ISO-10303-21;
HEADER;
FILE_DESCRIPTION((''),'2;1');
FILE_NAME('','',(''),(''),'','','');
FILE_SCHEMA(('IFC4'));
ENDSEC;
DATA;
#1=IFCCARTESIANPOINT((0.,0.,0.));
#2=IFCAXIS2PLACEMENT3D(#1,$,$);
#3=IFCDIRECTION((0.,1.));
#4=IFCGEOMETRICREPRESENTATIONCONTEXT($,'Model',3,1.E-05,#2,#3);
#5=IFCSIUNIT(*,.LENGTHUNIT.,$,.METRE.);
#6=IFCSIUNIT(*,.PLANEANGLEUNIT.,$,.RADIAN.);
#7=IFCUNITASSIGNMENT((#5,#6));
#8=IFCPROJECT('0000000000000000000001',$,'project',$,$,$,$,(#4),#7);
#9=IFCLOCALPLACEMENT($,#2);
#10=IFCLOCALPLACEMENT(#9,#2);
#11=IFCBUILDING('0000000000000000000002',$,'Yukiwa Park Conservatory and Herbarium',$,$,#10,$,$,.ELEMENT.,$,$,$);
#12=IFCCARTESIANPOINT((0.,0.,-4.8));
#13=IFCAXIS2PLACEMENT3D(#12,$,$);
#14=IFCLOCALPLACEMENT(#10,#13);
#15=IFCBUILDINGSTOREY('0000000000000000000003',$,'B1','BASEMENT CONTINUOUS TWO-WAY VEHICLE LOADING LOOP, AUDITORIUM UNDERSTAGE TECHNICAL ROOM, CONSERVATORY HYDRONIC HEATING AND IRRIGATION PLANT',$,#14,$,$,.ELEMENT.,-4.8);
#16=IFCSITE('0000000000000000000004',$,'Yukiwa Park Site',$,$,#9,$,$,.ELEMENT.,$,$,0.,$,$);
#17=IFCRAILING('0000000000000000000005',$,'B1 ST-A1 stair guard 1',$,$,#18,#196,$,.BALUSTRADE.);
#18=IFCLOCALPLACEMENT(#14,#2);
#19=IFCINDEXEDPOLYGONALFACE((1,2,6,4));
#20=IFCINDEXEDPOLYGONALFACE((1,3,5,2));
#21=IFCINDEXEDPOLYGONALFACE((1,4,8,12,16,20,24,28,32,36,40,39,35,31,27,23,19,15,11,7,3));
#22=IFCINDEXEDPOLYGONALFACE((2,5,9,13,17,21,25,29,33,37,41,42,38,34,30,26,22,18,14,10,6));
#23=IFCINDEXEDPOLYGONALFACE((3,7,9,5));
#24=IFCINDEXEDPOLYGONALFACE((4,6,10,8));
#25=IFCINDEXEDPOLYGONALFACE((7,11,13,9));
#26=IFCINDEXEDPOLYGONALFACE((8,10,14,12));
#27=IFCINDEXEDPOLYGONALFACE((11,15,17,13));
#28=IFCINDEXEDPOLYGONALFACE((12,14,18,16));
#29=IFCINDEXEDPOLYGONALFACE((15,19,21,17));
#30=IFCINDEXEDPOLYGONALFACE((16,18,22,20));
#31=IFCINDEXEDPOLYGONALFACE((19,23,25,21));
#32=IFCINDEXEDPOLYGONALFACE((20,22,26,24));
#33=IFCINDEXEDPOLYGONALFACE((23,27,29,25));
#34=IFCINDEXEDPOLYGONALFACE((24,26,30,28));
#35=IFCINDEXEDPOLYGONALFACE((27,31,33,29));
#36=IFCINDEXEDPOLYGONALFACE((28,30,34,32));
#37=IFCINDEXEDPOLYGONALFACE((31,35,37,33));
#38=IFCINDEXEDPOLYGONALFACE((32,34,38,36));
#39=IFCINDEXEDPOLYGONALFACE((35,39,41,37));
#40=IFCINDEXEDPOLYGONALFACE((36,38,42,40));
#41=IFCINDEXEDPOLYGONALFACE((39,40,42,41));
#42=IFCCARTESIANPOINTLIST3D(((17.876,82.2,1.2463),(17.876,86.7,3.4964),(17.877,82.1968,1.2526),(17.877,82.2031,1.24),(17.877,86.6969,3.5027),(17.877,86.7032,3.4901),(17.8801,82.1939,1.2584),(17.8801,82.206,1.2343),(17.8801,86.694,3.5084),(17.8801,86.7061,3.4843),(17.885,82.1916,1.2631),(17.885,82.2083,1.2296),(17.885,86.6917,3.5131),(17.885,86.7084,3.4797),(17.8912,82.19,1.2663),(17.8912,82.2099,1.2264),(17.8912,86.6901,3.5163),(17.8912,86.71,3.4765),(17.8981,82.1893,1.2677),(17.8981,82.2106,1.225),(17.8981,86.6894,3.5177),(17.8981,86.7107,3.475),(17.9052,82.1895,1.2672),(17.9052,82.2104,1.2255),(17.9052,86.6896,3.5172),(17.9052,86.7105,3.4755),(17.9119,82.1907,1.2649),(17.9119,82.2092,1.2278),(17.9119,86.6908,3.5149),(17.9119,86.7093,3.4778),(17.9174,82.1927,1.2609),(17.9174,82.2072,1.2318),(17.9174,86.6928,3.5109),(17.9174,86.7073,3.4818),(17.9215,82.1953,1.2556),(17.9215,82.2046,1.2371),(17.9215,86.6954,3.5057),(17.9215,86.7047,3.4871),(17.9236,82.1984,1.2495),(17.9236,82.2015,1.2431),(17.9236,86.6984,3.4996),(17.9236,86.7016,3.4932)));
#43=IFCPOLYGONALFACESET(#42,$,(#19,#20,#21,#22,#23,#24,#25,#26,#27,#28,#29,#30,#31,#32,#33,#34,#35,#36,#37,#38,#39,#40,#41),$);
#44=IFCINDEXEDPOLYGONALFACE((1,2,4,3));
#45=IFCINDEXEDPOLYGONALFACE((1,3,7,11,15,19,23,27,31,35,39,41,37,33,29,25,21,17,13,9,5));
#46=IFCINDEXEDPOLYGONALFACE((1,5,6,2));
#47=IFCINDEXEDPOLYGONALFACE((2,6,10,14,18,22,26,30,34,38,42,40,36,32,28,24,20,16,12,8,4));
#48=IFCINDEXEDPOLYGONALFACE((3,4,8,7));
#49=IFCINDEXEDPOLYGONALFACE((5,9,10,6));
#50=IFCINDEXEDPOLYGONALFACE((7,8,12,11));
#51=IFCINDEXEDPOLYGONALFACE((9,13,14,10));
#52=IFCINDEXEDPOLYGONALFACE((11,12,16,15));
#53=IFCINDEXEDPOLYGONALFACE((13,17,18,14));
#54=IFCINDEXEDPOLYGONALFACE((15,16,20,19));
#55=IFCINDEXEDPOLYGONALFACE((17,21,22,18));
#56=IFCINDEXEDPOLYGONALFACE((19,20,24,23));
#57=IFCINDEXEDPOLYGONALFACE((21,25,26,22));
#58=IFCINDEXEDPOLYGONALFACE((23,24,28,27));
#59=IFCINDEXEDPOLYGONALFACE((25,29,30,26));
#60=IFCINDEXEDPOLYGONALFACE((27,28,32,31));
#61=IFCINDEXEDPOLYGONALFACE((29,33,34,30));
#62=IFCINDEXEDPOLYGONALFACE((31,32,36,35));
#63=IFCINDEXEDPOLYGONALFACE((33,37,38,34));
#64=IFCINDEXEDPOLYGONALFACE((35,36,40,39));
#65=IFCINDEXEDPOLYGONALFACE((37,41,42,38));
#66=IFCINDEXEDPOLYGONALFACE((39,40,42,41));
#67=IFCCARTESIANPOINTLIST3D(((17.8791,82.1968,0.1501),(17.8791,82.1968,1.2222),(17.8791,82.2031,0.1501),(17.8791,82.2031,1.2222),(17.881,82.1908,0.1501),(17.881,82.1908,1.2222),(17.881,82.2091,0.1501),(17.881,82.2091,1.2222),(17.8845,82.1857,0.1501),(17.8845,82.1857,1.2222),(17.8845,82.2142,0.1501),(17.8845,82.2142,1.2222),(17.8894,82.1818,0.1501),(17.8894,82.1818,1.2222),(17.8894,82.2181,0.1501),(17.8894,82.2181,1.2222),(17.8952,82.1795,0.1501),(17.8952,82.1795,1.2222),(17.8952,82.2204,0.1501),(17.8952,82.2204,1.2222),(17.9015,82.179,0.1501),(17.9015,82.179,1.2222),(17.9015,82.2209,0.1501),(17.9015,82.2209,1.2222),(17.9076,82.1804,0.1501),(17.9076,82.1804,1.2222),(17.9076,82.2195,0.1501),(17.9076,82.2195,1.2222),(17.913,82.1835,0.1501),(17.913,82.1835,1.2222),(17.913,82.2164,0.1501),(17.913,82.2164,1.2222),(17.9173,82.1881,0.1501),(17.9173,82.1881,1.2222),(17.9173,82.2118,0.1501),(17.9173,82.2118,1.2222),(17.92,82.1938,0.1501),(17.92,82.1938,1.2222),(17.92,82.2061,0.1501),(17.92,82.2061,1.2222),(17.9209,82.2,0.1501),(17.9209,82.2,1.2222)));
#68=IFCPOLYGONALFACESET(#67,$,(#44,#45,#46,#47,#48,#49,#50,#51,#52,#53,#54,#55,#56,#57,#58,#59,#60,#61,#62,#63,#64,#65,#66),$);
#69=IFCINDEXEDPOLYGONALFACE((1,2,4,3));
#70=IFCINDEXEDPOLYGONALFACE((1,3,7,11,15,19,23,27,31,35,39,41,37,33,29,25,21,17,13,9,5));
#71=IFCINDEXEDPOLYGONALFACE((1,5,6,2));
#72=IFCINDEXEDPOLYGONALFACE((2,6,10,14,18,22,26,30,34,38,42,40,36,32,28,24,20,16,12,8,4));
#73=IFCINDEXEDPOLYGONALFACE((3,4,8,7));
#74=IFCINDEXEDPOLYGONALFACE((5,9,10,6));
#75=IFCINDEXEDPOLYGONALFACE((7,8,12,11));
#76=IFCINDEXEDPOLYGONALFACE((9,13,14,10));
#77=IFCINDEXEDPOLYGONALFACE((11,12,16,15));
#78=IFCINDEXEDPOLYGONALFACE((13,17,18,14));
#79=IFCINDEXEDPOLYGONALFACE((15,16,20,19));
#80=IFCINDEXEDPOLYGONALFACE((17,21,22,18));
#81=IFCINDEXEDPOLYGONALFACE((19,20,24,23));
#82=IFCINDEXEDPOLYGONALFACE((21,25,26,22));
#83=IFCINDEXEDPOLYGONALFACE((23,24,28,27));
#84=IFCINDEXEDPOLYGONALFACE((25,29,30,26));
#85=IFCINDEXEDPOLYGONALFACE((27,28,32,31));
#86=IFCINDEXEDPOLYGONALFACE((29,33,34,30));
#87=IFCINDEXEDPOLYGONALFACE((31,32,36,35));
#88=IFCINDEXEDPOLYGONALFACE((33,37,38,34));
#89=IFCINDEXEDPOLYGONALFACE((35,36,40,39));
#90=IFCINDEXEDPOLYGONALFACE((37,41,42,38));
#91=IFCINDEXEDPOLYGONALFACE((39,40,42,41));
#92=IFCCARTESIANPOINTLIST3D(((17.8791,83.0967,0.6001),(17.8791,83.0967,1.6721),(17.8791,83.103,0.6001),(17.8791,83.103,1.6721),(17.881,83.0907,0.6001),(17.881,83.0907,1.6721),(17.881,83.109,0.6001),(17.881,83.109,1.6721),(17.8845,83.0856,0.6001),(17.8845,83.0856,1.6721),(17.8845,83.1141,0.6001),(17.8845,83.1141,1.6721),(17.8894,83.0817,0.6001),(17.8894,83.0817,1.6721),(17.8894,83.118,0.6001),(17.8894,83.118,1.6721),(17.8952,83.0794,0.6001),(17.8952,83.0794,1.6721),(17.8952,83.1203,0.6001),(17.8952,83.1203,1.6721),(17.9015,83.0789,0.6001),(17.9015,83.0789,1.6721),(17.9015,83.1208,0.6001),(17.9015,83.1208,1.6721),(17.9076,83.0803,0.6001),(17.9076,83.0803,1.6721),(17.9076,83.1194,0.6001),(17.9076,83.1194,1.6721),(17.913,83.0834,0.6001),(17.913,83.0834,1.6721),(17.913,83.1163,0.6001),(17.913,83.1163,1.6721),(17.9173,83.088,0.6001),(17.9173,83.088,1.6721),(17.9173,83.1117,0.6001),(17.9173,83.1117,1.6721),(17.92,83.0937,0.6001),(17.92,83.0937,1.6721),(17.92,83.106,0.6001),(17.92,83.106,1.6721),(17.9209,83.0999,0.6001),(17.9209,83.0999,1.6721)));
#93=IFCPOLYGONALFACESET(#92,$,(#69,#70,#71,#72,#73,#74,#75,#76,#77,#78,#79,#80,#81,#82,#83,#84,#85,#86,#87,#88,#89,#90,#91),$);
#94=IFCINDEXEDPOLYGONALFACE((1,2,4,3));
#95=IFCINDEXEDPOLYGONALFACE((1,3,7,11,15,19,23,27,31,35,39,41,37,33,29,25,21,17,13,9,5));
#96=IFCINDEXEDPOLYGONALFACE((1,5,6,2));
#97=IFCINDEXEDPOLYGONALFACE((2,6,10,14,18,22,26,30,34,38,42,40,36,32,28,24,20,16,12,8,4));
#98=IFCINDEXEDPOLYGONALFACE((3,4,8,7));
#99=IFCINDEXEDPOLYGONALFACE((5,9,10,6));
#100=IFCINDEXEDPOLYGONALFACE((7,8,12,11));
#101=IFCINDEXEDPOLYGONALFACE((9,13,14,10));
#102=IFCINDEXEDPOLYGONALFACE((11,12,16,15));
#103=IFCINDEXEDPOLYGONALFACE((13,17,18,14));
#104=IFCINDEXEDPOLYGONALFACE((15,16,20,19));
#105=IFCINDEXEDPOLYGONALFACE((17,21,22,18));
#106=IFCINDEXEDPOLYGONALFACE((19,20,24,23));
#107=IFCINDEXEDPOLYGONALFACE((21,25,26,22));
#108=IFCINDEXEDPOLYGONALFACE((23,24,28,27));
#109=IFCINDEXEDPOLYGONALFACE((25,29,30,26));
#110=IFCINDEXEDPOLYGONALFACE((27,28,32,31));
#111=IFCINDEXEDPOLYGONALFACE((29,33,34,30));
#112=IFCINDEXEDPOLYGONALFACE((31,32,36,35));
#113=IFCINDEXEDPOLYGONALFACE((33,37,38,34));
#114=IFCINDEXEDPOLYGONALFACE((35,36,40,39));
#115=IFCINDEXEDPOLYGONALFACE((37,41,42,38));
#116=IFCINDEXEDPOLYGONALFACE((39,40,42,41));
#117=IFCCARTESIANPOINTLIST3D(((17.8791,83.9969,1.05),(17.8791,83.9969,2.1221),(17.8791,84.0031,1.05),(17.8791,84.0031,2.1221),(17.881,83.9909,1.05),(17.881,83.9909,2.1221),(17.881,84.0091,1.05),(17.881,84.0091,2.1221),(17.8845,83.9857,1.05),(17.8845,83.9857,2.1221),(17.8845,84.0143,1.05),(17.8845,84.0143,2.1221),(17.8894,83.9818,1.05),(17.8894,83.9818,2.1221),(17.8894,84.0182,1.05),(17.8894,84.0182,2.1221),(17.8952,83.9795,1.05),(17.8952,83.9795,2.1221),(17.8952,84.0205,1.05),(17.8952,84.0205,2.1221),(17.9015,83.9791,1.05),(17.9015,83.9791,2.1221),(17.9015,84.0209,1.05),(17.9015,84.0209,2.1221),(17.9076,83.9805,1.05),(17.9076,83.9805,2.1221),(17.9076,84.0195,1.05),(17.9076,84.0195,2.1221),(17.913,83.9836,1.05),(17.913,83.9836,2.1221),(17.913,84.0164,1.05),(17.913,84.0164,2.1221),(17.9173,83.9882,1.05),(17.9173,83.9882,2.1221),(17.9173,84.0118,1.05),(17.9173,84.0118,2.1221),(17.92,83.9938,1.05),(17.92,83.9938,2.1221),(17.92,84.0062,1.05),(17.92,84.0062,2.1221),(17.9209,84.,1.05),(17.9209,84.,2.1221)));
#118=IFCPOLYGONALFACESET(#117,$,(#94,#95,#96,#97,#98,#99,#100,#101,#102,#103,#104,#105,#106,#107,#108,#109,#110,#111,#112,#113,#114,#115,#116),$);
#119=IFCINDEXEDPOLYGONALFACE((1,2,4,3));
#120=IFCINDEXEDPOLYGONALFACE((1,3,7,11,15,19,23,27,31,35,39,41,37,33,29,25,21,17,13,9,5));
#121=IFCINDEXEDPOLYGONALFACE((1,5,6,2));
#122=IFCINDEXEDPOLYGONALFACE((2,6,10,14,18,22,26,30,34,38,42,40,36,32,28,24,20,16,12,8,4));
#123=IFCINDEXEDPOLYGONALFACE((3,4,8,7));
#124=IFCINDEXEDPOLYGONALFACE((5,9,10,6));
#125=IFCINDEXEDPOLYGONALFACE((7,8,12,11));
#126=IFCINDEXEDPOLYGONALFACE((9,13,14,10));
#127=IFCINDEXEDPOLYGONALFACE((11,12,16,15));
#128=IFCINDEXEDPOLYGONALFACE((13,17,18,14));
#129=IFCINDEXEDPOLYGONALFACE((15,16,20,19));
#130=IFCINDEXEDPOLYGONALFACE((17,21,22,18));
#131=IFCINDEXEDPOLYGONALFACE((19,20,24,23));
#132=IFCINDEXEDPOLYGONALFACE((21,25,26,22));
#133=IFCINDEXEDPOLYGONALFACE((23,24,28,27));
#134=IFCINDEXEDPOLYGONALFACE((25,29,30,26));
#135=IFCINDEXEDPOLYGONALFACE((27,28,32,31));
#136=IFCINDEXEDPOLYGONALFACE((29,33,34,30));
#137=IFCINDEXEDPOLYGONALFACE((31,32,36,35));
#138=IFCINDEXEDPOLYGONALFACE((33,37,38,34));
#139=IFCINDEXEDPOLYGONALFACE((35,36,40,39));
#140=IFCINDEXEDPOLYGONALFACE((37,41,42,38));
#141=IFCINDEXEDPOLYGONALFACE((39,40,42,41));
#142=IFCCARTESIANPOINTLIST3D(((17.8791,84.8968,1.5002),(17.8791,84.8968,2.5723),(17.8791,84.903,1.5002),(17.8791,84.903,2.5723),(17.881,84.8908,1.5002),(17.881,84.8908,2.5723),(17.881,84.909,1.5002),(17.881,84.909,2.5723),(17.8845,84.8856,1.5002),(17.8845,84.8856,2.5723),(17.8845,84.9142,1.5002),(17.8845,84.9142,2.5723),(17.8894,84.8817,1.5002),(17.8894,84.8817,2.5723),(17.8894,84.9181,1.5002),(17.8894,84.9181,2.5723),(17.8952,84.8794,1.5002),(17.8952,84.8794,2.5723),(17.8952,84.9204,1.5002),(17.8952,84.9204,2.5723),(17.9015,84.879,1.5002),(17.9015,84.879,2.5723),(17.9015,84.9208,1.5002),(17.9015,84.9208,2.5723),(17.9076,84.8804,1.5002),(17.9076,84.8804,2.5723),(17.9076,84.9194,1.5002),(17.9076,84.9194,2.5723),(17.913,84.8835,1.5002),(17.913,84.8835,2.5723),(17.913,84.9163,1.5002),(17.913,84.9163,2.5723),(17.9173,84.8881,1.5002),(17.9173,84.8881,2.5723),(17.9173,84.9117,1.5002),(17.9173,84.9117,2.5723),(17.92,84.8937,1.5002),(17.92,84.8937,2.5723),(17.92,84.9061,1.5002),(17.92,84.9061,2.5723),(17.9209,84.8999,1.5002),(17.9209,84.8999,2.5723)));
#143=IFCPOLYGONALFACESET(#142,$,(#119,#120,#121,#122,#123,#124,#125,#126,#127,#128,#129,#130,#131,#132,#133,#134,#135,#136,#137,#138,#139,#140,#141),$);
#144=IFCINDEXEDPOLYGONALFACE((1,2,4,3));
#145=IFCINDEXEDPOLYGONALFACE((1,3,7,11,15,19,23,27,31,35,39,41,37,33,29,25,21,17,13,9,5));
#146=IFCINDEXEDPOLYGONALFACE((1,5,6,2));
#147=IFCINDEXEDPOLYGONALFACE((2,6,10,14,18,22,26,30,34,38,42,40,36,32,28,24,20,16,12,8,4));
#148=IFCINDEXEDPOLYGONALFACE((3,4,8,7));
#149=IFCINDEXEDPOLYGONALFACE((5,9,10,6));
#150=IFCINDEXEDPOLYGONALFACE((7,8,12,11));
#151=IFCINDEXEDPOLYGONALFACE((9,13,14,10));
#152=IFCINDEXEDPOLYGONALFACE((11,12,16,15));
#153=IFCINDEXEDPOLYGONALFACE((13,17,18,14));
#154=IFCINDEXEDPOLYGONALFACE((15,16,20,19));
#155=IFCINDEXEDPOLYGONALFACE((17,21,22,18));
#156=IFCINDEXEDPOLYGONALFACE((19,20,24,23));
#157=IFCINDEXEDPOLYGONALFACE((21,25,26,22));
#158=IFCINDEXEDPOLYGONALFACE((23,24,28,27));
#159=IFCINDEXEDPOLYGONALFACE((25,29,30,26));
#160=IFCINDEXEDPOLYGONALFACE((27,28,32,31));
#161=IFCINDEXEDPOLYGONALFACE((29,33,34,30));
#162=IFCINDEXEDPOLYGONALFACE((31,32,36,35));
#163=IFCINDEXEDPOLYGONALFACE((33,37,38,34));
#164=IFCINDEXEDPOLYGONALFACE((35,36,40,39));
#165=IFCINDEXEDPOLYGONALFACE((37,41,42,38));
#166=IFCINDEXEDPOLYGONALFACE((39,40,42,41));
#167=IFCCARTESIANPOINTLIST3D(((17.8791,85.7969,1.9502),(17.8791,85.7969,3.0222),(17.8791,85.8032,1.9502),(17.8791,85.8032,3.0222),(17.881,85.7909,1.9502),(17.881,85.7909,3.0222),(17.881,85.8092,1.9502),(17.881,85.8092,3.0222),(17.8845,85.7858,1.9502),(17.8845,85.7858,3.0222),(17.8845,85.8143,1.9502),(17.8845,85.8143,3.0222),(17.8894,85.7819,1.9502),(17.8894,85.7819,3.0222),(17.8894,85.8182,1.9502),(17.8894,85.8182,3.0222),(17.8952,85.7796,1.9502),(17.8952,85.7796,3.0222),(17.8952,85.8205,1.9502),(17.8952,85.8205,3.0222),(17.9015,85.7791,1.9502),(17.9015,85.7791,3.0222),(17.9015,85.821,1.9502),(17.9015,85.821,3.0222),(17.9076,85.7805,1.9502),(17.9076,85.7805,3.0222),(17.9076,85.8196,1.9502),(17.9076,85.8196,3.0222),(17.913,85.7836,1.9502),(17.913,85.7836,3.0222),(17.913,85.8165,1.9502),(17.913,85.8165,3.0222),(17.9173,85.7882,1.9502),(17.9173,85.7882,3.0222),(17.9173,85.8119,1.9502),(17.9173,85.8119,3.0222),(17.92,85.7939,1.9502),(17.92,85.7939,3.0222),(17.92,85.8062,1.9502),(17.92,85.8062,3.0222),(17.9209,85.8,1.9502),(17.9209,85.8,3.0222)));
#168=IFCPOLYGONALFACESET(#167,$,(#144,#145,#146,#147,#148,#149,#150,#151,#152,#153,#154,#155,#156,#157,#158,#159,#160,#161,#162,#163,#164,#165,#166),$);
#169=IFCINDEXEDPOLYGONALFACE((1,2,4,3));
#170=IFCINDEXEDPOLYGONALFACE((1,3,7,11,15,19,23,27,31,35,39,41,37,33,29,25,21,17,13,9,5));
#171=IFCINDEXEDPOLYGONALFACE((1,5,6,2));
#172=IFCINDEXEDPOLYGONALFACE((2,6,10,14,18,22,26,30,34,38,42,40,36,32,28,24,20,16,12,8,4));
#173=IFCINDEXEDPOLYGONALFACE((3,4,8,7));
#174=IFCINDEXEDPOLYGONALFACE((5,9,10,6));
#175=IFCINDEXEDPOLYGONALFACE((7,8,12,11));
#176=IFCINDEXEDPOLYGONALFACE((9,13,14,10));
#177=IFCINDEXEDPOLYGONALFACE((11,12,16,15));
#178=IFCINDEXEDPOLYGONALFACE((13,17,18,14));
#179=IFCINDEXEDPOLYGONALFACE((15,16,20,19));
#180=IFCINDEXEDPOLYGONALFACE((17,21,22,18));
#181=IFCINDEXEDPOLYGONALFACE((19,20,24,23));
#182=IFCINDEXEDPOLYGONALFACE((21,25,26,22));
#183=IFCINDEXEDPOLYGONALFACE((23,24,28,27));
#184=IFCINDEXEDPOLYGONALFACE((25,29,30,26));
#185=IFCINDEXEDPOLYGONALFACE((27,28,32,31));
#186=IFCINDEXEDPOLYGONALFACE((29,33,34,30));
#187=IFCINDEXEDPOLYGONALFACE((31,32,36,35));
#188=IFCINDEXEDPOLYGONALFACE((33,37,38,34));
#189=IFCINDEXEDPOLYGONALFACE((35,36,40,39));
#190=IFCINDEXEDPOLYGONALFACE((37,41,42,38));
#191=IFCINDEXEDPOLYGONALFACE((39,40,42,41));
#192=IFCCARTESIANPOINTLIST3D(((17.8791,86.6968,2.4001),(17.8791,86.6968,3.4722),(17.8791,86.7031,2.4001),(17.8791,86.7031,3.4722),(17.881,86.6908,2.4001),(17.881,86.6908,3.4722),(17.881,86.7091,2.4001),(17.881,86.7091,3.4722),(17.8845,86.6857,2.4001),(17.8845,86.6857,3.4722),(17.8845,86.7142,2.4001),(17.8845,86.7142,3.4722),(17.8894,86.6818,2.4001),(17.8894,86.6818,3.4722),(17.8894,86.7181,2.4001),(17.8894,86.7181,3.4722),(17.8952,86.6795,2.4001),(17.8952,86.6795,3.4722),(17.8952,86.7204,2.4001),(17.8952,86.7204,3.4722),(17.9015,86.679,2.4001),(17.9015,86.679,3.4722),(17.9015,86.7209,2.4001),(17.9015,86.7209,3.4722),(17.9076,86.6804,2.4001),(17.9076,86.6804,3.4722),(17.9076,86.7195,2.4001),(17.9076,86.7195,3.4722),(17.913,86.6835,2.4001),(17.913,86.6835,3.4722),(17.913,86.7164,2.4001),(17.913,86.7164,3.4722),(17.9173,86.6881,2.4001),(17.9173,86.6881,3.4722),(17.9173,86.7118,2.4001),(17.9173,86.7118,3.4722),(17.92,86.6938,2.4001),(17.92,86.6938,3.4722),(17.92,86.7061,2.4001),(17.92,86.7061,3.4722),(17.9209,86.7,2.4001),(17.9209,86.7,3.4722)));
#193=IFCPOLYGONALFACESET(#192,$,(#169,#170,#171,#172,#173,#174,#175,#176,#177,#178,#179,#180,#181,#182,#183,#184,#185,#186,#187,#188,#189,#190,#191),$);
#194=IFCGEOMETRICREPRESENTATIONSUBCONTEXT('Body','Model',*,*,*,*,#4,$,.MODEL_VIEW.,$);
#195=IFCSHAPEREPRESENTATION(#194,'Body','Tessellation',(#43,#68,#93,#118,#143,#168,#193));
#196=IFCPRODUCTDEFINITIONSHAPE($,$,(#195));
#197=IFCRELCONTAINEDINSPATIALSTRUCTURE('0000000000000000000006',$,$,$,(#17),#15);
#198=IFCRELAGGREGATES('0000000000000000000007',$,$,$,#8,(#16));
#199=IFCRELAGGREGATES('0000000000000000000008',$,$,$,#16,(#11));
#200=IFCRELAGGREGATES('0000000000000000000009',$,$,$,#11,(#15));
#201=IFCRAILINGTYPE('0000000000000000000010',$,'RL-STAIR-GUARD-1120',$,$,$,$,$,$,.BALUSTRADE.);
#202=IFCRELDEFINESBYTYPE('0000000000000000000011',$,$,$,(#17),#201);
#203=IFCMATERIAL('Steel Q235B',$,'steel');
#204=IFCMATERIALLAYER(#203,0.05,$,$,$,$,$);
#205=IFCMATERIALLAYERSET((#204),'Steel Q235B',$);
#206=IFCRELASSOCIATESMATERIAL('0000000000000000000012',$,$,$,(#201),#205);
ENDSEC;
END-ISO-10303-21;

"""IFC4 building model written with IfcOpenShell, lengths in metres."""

from ifc_helpers import new_model, si_unit, direction, frame, origin, origin_2d, place, context, subcontext, project, spatial, circle, extrude, material, layer, layer_set, type_object, element, save


model = new_model("IFC4")

# Units and contexts
model_context = context("Model", 3, precision=1e-05, world=origin(), true_north=direction((0.0, 1.0)))
body_context = subcontext(model_context, "Body", "Model", "MODEL_VIEW")
ifc_project = project(units=[si_unit("LENGTHUNIT", "METRE"), si_unit("PLANEANGLEUNIT", "RADIAN")], contexts=[model_context])

# Site, building, storey
site_placement = place(None, origin())
site = spatial("IfcSite", under=ifc_project, at=site_placement, Name="Yukiwa Park Site", CompositionType="ELEMENT", RefElevation=0.0)
building_placement = place(site_placement, origin())
building = spatial("IfcBuilding", under=site, at=building_placement, Name="Yukiwa Park Conservatory and Herbarium", CompositionType="ELEMENT")
storey_placement = place(building_placement, frame((0.0, 0.0, -4.8)))
storey = spatial("IfcBuildingStorey", under=building, at=storey_placement, Name="B1", Description="BASEMENT CONTINUOUS TWO-WAY VEHICLE LOADING LOOP, AUDITORIUM UNDERSTAGE TECHNICAL ROOM, CONSERVATORY HYDRONIC HEATING AND IRRIGATION PLANT", CompositionType="ELEMENT", Elevation=-4.8)

# Railing
ifc_material_1 = material(Name="Steel Q235B", Category="steel")
ifc_layer_1 = layer(ifc_material_1, 0.05)
ifc_layer_set_1 = layer_set([ifc_layer_1], Name="Steel Q235B")
railing_type_1 = type_object("IfcRailingType", Name="RL-STAIR-GUARD-1120", PredefinedType="BALUSTRADE", material=ifc_layer_set_1)
railing_1_placement = place(storey_placement, frame((17.8999, 82.2, 0.1501)))
element("IfcRailing", 1, at=railing_1_placement, inside=storey, type_object=railing_type_1, Name="B1 ST-A1 stair guard 1", PredefinedType="BALUSTRADE", context=body_context, shape_type="SweptSolid", body=[
    extrude(circle(Radius=0.0239, at=origin_2d()), frame((0.0, 0.0, 1.0962), z_axis=(0.0, 0.894427, 0.447214), x_axis=(-1.0, 0.0, 0.0)), (0.0, 0.0, 1.0), 5.0312),
    extrude(circle(Radius=0.021, at=origin_2d()), origin(), (0.0, 0.0, 1.0), 1.072),
    extrude(circle(Radius=0.021, at=origin_2d()), frame((0.0, 0.8999, 0.45)), (0.0, 0.0, 1.0), 1.072),
    extrude(circle(Radius=0.021, at=origin_2d()), frame((0.0, 1.8, 0.8999)), (0.0, 0.0, 1.0), 1.072),
    extrude(circle(Radius=0.021, at=origin_2d()), frame((0.0, 2.7, 1.3501)), (0.0, 0.0, 1.0), 1.072),
    extrude(circle(Radius=0.021, at=origin_2d()), frame((0.0, 3.6001, 1.8)), (0.0, 0.0, 1.0), 1.072),
    extrude(circle(Radius=0.021, at=origin_2d()), frame((0.0, 4.5, 2.25)), (0.0, 0.0, 1.0), 1.072),
])

save(model, "model.ifc")
